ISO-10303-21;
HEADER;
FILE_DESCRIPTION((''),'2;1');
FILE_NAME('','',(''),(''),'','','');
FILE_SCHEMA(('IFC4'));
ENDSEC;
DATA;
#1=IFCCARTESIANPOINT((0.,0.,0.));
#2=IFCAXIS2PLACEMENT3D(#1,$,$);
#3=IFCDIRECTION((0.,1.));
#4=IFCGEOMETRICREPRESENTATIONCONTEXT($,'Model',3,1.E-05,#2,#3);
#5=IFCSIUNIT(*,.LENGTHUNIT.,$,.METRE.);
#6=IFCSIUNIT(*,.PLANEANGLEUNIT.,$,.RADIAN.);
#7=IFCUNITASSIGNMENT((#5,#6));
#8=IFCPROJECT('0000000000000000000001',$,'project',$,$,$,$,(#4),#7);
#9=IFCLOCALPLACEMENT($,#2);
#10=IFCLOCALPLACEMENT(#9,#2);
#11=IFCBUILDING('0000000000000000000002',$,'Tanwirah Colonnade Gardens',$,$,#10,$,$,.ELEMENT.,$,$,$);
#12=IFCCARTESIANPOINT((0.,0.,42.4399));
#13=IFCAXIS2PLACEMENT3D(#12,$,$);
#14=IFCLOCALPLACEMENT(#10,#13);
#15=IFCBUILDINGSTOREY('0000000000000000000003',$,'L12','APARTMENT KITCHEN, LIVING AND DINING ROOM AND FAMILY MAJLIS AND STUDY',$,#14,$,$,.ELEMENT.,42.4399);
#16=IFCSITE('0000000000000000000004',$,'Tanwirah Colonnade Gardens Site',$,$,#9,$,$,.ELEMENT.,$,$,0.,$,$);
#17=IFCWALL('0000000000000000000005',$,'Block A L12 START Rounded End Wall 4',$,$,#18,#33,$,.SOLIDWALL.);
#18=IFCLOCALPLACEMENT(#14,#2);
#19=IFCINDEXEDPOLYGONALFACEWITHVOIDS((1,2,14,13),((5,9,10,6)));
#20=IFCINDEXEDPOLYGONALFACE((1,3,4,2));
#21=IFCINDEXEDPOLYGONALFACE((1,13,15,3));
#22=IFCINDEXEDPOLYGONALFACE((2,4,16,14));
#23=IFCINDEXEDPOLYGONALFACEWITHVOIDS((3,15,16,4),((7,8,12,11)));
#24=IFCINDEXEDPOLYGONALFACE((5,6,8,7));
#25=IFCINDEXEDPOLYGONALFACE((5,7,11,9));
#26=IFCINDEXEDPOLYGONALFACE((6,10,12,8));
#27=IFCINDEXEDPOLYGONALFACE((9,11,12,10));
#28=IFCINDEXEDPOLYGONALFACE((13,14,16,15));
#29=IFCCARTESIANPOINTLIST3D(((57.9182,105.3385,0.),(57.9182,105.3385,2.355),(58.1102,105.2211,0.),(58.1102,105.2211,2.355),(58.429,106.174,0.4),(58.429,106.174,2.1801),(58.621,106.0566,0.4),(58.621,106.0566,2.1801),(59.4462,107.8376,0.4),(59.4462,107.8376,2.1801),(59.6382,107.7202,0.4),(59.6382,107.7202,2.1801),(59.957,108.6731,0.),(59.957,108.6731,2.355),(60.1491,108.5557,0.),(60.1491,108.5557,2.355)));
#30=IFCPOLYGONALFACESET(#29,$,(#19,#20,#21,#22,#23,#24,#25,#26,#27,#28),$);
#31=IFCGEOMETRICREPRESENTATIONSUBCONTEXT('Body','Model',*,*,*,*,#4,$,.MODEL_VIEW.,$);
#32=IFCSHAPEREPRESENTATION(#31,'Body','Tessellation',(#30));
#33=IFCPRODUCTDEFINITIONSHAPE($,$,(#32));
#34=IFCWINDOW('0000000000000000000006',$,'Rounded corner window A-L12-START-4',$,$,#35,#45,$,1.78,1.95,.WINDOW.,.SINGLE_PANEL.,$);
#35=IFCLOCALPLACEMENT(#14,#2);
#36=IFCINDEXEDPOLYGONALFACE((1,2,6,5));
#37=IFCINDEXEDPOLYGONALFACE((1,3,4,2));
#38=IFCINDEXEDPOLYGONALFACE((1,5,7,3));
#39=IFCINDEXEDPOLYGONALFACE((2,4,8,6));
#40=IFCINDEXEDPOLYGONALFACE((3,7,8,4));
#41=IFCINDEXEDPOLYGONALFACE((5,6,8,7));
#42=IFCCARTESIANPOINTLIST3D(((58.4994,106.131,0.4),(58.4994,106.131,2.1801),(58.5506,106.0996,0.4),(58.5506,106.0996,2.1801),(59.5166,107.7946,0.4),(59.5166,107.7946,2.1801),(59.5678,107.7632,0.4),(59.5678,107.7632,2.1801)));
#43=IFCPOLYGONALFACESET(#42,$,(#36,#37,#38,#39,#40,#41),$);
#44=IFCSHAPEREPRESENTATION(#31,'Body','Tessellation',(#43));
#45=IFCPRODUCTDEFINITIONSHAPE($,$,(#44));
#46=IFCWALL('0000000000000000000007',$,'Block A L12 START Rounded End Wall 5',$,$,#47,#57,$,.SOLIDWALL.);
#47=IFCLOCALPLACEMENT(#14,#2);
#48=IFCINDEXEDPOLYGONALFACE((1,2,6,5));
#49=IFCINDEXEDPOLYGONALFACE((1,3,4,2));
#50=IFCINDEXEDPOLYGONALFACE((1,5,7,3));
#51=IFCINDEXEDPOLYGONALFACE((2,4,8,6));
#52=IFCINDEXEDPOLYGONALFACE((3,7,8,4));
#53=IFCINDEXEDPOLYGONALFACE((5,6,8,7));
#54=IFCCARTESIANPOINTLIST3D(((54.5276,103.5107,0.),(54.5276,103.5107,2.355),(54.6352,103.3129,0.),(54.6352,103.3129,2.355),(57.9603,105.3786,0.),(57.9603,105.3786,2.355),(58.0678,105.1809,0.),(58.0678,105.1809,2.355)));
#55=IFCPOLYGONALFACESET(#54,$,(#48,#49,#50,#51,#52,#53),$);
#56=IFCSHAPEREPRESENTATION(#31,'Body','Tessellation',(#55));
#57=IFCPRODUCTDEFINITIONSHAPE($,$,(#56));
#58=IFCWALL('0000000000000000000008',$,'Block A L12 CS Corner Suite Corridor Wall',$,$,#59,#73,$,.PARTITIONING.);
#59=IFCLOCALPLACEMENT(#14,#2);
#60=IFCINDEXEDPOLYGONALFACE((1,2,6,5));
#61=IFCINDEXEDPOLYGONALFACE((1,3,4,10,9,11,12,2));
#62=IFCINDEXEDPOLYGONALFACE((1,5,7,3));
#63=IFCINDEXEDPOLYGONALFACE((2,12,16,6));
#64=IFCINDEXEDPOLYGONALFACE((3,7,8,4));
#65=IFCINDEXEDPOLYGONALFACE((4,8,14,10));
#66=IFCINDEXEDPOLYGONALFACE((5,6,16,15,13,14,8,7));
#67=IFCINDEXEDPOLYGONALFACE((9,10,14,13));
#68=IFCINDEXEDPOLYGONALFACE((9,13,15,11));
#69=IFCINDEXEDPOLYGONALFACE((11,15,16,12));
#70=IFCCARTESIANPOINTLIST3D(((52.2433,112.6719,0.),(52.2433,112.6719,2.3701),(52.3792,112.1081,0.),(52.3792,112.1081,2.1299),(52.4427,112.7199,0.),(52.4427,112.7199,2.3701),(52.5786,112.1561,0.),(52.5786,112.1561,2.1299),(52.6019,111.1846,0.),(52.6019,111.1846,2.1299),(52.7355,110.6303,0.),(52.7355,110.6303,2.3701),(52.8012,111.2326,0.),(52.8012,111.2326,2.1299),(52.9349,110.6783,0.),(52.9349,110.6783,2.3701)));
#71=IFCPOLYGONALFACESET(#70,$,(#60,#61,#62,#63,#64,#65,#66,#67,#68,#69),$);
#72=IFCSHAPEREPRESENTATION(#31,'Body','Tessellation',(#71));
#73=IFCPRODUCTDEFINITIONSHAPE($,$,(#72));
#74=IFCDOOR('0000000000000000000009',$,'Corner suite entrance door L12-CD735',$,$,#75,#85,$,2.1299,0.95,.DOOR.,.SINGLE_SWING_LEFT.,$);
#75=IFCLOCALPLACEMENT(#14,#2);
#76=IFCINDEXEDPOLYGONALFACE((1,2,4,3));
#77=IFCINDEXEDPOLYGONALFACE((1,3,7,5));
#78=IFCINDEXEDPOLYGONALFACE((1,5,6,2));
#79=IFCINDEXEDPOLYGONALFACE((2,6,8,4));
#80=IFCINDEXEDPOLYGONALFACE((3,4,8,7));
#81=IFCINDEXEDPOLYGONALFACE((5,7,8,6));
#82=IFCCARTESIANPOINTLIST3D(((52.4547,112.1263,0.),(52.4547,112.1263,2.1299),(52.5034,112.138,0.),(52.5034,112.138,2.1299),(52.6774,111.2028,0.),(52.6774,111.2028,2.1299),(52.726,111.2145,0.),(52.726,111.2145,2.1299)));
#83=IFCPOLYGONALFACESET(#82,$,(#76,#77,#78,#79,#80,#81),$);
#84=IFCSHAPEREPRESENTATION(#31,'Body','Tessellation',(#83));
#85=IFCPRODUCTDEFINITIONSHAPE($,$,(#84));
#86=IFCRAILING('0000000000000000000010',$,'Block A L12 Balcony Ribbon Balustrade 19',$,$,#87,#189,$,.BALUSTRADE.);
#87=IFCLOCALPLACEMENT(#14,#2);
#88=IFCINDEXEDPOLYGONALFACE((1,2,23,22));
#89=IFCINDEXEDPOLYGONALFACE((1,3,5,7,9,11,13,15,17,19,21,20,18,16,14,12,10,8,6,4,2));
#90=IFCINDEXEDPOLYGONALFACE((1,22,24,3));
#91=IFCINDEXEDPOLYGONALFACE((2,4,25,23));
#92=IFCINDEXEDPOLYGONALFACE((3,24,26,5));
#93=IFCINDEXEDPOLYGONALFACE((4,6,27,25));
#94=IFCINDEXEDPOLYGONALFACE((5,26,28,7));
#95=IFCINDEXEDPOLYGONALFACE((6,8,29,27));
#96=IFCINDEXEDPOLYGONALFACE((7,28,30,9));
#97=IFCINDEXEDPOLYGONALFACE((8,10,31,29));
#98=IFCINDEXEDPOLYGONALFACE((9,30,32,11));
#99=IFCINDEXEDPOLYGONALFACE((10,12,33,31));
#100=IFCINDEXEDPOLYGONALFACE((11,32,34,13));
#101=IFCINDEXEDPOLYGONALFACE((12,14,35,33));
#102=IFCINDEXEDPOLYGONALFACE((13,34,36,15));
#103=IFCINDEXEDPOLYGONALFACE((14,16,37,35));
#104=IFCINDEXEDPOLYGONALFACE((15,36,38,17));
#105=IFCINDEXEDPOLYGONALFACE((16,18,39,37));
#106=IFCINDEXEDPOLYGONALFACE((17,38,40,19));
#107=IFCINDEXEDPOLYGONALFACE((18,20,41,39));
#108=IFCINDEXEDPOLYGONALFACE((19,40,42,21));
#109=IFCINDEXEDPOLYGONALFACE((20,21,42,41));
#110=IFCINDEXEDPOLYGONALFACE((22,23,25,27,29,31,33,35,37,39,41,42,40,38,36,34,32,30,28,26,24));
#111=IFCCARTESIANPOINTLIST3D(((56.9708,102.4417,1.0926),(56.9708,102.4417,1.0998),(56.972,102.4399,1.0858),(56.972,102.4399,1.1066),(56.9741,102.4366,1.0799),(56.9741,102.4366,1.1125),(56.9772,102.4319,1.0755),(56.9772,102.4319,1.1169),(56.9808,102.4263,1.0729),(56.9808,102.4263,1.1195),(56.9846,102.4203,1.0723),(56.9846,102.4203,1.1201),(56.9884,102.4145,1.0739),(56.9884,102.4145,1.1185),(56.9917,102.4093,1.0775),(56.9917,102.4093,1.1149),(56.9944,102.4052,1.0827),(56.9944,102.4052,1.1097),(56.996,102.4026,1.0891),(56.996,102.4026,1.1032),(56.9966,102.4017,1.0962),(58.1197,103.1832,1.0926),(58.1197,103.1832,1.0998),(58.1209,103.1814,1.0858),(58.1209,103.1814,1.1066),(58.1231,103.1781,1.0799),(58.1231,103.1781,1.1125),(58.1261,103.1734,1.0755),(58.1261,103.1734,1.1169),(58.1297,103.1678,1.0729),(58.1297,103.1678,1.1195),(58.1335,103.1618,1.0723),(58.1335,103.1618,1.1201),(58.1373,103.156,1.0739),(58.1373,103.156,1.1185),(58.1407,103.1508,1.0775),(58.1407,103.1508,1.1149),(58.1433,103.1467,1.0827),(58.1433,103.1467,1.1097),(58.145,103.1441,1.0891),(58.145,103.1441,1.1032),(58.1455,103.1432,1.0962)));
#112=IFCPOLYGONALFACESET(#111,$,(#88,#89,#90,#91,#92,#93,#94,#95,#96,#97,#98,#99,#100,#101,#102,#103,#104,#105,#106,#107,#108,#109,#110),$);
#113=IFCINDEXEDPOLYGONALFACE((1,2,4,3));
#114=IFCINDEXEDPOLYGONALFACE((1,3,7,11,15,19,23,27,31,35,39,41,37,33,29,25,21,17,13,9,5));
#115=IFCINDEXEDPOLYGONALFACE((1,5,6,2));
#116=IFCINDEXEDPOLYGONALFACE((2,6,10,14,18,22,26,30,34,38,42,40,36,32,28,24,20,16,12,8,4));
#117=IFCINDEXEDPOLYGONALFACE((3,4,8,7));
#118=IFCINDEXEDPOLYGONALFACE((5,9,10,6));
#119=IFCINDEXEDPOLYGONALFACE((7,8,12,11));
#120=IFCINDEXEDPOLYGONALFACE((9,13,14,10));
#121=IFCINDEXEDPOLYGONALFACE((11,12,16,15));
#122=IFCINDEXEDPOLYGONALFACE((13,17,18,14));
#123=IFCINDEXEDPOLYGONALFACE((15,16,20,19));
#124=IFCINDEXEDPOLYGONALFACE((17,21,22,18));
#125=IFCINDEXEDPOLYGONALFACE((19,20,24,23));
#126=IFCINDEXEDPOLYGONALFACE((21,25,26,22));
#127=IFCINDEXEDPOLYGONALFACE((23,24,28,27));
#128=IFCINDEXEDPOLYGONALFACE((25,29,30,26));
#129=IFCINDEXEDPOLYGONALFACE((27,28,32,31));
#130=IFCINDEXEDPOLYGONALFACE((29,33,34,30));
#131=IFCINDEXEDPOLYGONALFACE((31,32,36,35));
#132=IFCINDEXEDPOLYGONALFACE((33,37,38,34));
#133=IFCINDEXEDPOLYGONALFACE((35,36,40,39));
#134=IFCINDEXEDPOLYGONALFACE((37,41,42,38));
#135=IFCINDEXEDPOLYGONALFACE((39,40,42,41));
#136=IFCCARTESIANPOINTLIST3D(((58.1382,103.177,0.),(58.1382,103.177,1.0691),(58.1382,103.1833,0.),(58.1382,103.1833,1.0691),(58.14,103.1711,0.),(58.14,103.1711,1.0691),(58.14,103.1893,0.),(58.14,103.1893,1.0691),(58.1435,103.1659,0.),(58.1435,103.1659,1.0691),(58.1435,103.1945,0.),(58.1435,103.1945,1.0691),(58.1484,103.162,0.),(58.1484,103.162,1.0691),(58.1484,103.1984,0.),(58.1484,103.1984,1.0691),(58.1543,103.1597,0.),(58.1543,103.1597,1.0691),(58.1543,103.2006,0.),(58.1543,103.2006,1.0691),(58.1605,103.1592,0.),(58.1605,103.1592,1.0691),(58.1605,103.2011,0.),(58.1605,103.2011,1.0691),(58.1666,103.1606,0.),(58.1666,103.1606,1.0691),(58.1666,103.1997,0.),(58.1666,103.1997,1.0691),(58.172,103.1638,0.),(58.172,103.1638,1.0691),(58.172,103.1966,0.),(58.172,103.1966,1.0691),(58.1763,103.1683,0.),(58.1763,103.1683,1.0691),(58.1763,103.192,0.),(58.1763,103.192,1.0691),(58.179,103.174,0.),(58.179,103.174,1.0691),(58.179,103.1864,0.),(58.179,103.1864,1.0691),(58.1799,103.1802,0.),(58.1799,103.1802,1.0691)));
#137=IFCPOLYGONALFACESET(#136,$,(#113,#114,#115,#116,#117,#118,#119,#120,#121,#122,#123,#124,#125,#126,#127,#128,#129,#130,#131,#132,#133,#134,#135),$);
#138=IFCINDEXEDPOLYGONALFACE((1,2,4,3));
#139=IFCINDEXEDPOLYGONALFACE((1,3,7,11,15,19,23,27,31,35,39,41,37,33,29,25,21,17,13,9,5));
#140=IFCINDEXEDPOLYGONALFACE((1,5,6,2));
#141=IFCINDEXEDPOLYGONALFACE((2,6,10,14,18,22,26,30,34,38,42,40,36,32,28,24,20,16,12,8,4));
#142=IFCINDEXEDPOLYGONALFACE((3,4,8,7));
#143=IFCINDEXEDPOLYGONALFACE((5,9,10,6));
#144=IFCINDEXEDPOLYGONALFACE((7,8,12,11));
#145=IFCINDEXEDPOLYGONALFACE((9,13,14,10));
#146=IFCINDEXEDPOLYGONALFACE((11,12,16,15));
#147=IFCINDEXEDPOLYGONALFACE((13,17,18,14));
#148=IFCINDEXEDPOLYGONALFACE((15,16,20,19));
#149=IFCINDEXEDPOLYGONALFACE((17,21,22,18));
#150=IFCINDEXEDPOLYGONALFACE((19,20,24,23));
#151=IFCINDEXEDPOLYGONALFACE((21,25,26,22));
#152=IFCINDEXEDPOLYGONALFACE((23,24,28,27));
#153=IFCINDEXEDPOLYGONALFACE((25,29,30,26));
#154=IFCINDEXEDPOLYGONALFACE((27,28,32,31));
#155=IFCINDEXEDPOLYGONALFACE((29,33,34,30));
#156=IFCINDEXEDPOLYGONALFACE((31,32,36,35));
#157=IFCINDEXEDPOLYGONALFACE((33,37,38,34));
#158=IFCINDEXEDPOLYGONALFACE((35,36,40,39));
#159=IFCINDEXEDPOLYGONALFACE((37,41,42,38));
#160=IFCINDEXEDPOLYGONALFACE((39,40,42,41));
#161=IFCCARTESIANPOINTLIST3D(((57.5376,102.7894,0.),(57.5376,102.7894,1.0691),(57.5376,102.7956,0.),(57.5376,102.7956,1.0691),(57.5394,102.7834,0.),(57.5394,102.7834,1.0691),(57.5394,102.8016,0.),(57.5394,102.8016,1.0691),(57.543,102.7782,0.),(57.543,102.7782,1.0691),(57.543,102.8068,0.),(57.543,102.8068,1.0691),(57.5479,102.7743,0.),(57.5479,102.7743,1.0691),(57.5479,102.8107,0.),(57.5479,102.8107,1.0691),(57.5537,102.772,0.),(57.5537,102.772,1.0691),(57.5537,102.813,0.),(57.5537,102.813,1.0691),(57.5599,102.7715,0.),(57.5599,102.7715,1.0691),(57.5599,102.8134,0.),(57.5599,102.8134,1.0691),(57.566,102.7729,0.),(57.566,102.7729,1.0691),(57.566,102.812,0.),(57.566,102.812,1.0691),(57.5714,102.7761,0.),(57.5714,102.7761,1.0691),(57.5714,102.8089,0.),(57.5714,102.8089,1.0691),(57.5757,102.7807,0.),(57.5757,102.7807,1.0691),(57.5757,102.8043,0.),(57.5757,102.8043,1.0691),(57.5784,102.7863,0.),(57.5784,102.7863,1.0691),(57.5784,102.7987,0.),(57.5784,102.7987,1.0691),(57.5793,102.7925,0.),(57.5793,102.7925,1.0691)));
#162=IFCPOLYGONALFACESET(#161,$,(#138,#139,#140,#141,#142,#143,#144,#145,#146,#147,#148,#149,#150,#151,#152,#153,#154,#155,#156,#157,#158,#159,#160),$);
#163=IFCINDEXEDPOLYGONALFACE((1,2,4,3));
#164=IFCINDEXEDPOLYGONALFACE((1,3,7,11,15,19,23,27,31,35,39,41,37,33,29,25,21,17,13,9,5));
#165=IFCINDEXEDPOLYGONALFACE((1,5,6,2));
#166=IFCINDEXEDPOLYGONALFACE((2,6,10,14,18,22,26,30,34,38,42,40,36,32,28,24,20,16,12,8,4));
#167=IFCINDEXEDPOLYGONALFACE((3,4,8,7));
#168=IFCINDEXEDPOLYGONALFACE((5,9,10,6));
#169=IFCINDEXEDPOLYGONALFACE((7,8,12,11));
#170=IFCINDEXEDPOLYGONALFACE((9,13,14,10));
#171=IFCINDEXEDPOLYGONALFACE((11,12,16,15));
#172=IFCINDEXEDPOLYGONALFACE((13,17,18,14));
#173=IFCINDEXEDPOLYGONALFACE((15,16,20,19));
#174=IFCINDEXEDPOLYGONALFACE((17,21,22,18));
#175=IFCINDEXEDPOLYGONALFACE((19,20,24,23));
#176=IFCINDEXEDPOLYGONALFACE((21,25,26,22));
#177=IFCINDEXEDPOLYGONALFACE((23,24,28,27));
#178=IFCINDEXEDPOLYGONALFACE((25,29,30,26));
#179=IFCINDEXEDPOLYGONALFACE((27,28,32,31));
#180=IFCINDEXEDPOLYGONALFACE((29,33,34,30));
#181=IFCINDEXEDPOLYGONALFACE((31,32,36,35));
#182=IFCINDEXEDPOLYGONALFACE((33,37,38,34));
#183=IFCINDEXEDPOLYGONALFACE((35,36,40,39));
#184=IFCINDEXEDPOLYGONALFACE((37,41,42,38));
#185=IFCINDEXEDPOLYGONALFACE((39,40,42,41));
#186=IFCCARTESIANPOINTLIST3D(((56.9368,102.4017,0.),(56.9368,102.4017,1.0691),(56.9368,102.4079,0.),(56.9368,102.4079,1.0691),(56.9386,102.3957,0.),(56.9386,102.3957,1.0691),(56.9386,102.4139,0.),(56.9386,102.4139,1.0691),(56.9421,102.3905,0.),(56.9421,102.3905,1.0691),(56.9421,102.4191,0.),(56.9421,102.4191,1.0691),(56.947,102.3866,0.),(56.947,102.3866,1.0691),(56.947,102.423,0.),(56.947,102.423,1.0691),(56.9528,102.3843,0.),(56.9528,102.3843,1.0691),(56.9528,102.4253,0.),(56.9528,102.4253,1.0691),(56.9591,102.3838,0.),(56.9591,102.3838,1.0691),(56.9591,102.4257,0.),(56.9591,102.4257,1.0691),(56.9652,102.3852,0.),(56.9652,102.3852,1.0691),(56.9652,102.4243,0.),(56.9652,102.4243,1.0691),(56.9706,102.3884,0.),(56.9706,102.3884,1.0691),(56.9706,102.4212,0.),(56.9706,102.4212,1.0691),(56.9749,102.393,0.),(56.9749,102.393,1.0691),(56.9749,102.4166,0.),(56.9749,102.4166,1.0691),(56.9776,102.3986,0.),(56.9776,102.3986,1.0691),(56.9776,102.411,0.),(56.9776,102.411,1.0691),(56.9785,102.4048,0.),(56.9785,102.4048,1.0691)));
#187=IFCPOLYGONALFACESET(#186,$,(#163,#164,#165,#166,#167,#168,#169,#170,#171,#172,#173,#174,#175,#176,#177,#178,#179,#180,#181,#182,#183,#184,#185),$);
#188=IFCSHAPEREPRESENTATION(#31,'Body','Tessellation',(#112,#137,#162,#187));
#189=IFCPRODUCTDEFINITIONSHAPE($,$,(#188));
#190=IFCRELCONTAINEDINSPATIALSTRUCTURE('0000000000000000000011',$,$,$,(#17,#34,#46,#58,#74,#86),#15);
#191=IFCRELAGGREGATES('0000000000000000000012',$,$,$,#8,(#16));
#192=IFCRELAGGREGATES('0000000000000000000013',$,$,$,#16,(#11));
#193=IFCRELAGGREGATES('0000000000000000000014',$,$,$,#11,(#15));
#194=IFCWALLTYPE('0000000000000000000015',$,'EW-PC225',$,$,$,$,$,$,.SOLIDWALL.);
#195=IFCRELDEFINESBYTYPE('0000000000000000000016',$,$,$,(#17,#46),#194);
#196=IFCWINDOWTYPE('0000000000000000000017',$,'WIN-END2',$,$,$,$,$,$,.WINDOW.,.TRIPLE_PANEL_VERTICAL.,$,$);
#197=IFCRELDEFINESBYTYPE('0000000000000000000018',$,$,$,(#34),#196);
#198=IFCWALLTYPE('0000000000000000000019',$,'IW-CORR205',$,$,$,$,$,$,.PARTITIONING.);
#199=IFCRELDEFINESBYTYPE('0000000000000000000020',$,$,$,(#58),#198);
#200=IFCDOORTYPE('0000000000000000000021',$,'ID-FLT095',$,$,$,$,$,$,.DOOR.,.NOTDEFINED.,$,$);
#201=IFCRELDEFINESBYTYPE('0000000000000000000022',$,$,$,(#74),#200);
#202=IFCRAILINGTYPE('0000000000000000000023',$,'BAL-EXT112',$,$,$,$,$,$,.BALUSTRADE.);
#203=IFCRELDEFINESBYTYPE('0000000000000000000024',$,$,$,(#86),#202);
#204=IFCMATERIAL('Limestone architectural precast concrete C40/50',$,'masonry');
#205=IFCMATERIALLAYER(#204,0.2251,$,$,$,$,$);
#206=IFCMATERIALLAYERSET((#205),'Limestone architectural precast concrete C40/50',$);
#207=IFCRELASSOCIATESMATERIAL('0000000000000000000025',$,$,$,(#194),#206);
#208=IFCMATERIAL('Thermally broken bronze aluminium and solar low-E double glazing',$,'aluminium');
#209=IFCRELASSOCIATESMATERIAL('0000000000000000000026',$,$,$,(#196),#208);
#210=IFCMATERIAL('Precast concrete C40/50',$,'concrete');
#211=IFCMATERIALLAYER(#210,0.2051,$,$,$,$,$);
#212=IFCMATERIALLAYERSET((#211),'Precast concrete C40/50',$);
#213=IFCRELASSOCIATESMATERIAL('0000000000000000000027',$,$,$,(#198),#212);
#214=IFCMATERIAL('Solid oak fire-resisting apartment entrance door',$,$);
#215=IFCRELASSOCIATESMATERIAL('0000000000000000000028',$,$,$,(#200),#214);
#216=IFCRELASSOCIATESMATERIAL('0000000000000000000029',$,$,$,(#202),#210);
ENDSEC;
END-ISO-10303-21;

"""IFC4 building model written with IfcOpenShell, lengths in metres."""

from ifc_helpers import new_model, si_unit, direction, frame, frame_2d, origin, origin_2d, place, context, subcontext, project, spatial, rectangle, circle, extrude, material, layer, layer_set, type_object, element, fill, save


model = new_model("IFC4")

# Units and contexts
model_context = context("Model", 3, precision=1e-05, world=origin(), true_north=direction((0.0, 1.0)))
body_context = subcontext(model_context, "Body", "Model", "MODEL_VIEW")
ifc_project = project(units=[si_unit("LENGTHUNIT", "METRE"), si_unit("PLANEANGLEUNIT", "RADIAN")], contexts=[model_context])

# Site, building, storey
site_placement = place(None, origin())
site = spatial("IfcSite", under=ifc_project, at=site_placement, Name="Tanwirah Colonnade Gardens Site", CompositionType="ELEMENT", RefElevation=0.0)
building_placement = place(site_placement, origin())
building = spatial("IfcBuilding", under=site, at=building_placement, Name="Tanwirah Colonnade Gardens", CompositionType="ELEMENT")
storey_placement = place(building_placement, frame((0.0, 0.0, 42.4399)))
storey = spatial("IfcBuildingStorey", under=building, at=storey_placement, Name="L12", Description="APARTMENT KITCHEN, LIVING AND DINING ROOM AND FAMILY MAJLIS AND STUDY", CompositionType="ELEMENT", Elevation=42.4399)

# Shared definitions
ifc_material_1 = material(Name="Precast concrete C40/50", Category="concrete")

# Shared definitions
ifc_material_2 = material(Name="Limestone architectural precast concrete C40/50", Category="masonry")
ifc_layer_1 = layer(ifc_material_2, 0.2251)
ifc_layer_set_1 = layer_set([ifc_layer_1], Name="Limestone architectural precast concrete C40/50")
wall_type_1 = type_object("IfcWallType", Name="EW-PC225", PredefinedType="SOLIDWALL", material=ifc_layer_set_1)
ifc_material_3 = material(Name="Thermally broken bronze aluminium and solar low-E double glazing", Category="aluminium")
window_type_1 = type_object("IfcWindowType", Name="WIN-END2", PartitioningType="TRIPLE_PANEL_VERTICAL", PredefinedType="WINDOW", material=ifc_material_3)

# Wall, opening, window
wall_1_placement = place(storey_placement, frame((60.053, 108.6143, 0.0), z_axis=(0.0, 0.0, 1.0), x_axis=(-0.521652, -0.853158, 0.0)))
wall_1 = element("IfcWall", 1, at=wall_1_placement, inside=storey, type_object=wall_type_1, Name="Block A L12 START Rounded End Wall 4", PredefinedType="SOLIDWALL", context=body_context, shape_type="SweptSolid", body=[
    extrude(rectangle(XDim=3.9084, YDim=0.2251, at=frame_2d((1.9541, 0.0))), origin(), (0.0, 0.0, 1.0), 2.355),
])
opening_1_placement = place(wall_1_placement, frame((0.979, 0.0, 0.3999)))
opening_1 = element("IfcOpeningElement", 2, at=opening_1_placement, cuts=wall_1, PredefinedType="OPENING", context=body_context, shape_type="SweptSolid", body=[
    extrude(rectangle(XDim=1.95, YDim=1.78, at=frame_2d((0.9751, 0.8901))), frame((0.0, 0.1226, 0.0), z_axis=(0.0, -1.0, 0.0), x_axis=(1.0, 0.0, 0.0)), (0.0, 0.0, 1.0), 0.2451),
])
window_1_placement = place(opening_1_placement, origin())
window_1 = element("IfcWindow", 3, at=window_1_placement, inside=storey, type_object=window_type_1, Name="Rounded corner window A-L12-START-4", OverallHeight=1.78, OverallWidth=1.95, PartitioningType="SINGLE_PANEL", PredefinedType="WINDOW", context=body_context, shape_type="SweptSolid", body=[
    extrude(rectangle(XDim=1.95, YDim=1.78, at=frame_2d((0.9751, 0.8901))), frame((0.0, 0.03, 0.0), z_axis=(0.0, -1.0, 0.0), x_axis=(1.0, 0.0, 0.0)), (0.0, 0.0, 1.0), 0.0601),
])
fill(opening_1, window_1)

# Wall
wall_2_placement = place(storey_placement, frame((58.0142, 105.2798, 0.0), z_axis=(0.0, 0.0, 1.0), x_axis=(-0.87837, -0.477981, 0.0)))
element("IfcWall", 4, at=wall_2_placement, inside=storey, type_object=wall_type_1, Name="Block A L12 START Rounded End Wall 5", PredefinedType="SOLIDWALL", context=body_context, shape_type="SweptSolid", body=[
    extrude(rectangle(XDim=3.908, YDim=0.2251, at=frame_2d((1.9541, 0.0))), origin(), (0.0, 0.0, 1.0), 2.355),
])

# Wall, opening, door
ifc_layer_2 = layer(ifc_material_1, 0.2051)
ifc_layer_set_2 = layer_set([ifc_layer_2], Name="Precast concrete C40/50")
wall_type_2 = type_object("IfcWallType", Name="IW-CORR205", PredefinedType="PARTITIONING", material=ifc_layer_set_2)
wall_3_placement = place(storey_placement, frame((52.8352, 110.6543, 0.0), z_axis=(0.0, 0.0, 1.0), x_axis=(-0.234375, 0.972146, 0.0)))
wall_3 = element("IfcWall", 5, at=wall_3_placement, inside=storey, type_object=wall_type_2, Name="Block A L12 CS Corner Suite Corridor Wall", PredefinedType="PARTITIONING", context=body_context, shape_type="SweptSolid", body=[
    extrude(rectangle(XDim=2.1001, YDim=0.2051, at=frame_2d((1.05, 0.0))), origin(), (0.0, 0.0, 1.0), 2.3701),
])
opening_2_placement = place(wall_3_placement, frame((0.5701, 0.0, 0.0)))
opening_2 = element("IfcOpeningElement", 6, at=opening_2_placement, cuts=wall_3, PredefinedType="OPENING", context=body_context, shape_type="SweptSolid", body=[
    extrude(rectangle(XDim=0.95, YDim=2.1299, at=frame_2d((0.4751, 1.0649))), frame((0.0, 0.1125, 0.0), z_axis=(0.0, -1.0, 0.0), x_axis=(1.0, 0.0, 0.0)), (0.0, 0.0, 1.0), 0.2251),
])
ifc_material_4 = material(Name="Solid oak fire-resisting apartment entrance door")
door_type = type_object("IfcDoorType", Name="ID-FLT095", OperationType="NOTDEFINED", PredefinedType="DOOR", material=ifc_material_4)
door_placement = place(opening_2_placement, origin())
door = element("IfcDoor", 7, at=door_placement, inside=storey, type_object=door_type, Name="Corner suite entrance door L12-CD735", OperationType="SINGLE_SWING_LEFT", OverallHeight=2.1299, OverallWidth=0.95, PredefinedType="DOOR", context=body_context, shape_type="SweptSolid", body=[
    extrude(rectangle(XDim=0.95, YDim=2.1299, at=frame_2d((0.4751, 1.0649))), frame((0.0, 0.0249, 0.0), z_axis=(0.0, -1.0, 0.0), x_axis=(1.0, 0.0, 0.0)), (0.0, 0.0, 1.0), 0.05),
])
fill(opening_2, door)

# Railing
railing_type = type_object("IfcRailingType", Name="BAL-EXT112", PredefinedType="BALUSTRADE", material=ifc_material_1)
railing_1_placement = place(storey_placement, frame((58.1589, 103.1802, 0.0)))
element("IfcRailing", 8, at=railing_1_placement, inside=storey, type_object=railing_type, Name="Block A L12 Balcony Ribbon Balustrade 19", PredefinedType="BALUSTRADE", context=body_context, shape_type="SweptSolid", body=[
    extrude(circle(Radius=0.0239, at=origin_2d()), frame((-0.0264, -0.0168, 1.0962), z_axis=(-0.840206, -0.542267, 0.0), x_axis=(0.542267, -0.840206, 0.0)), (0.0, 0.0, 1.0), 1.3674),
    extrude(circle(Radius=0.021, at=origin_2d()), origin(), (0.0, 0.0, 1.0), 1.0691),
    extrude(circle(Radius=0.021, at=origin_2d()), frame((-0.6006, -0.3877, 0.0)), (0.0, 0.0, 1.0), 1.0691),
    extrude(circle(Radius=0.021, at=origin_2d()), frame((-1.2014, -0.7754, 0.0)), (0.0, 0.0, 1.0), 1.0691),
])

save(model, "model.ifc")
